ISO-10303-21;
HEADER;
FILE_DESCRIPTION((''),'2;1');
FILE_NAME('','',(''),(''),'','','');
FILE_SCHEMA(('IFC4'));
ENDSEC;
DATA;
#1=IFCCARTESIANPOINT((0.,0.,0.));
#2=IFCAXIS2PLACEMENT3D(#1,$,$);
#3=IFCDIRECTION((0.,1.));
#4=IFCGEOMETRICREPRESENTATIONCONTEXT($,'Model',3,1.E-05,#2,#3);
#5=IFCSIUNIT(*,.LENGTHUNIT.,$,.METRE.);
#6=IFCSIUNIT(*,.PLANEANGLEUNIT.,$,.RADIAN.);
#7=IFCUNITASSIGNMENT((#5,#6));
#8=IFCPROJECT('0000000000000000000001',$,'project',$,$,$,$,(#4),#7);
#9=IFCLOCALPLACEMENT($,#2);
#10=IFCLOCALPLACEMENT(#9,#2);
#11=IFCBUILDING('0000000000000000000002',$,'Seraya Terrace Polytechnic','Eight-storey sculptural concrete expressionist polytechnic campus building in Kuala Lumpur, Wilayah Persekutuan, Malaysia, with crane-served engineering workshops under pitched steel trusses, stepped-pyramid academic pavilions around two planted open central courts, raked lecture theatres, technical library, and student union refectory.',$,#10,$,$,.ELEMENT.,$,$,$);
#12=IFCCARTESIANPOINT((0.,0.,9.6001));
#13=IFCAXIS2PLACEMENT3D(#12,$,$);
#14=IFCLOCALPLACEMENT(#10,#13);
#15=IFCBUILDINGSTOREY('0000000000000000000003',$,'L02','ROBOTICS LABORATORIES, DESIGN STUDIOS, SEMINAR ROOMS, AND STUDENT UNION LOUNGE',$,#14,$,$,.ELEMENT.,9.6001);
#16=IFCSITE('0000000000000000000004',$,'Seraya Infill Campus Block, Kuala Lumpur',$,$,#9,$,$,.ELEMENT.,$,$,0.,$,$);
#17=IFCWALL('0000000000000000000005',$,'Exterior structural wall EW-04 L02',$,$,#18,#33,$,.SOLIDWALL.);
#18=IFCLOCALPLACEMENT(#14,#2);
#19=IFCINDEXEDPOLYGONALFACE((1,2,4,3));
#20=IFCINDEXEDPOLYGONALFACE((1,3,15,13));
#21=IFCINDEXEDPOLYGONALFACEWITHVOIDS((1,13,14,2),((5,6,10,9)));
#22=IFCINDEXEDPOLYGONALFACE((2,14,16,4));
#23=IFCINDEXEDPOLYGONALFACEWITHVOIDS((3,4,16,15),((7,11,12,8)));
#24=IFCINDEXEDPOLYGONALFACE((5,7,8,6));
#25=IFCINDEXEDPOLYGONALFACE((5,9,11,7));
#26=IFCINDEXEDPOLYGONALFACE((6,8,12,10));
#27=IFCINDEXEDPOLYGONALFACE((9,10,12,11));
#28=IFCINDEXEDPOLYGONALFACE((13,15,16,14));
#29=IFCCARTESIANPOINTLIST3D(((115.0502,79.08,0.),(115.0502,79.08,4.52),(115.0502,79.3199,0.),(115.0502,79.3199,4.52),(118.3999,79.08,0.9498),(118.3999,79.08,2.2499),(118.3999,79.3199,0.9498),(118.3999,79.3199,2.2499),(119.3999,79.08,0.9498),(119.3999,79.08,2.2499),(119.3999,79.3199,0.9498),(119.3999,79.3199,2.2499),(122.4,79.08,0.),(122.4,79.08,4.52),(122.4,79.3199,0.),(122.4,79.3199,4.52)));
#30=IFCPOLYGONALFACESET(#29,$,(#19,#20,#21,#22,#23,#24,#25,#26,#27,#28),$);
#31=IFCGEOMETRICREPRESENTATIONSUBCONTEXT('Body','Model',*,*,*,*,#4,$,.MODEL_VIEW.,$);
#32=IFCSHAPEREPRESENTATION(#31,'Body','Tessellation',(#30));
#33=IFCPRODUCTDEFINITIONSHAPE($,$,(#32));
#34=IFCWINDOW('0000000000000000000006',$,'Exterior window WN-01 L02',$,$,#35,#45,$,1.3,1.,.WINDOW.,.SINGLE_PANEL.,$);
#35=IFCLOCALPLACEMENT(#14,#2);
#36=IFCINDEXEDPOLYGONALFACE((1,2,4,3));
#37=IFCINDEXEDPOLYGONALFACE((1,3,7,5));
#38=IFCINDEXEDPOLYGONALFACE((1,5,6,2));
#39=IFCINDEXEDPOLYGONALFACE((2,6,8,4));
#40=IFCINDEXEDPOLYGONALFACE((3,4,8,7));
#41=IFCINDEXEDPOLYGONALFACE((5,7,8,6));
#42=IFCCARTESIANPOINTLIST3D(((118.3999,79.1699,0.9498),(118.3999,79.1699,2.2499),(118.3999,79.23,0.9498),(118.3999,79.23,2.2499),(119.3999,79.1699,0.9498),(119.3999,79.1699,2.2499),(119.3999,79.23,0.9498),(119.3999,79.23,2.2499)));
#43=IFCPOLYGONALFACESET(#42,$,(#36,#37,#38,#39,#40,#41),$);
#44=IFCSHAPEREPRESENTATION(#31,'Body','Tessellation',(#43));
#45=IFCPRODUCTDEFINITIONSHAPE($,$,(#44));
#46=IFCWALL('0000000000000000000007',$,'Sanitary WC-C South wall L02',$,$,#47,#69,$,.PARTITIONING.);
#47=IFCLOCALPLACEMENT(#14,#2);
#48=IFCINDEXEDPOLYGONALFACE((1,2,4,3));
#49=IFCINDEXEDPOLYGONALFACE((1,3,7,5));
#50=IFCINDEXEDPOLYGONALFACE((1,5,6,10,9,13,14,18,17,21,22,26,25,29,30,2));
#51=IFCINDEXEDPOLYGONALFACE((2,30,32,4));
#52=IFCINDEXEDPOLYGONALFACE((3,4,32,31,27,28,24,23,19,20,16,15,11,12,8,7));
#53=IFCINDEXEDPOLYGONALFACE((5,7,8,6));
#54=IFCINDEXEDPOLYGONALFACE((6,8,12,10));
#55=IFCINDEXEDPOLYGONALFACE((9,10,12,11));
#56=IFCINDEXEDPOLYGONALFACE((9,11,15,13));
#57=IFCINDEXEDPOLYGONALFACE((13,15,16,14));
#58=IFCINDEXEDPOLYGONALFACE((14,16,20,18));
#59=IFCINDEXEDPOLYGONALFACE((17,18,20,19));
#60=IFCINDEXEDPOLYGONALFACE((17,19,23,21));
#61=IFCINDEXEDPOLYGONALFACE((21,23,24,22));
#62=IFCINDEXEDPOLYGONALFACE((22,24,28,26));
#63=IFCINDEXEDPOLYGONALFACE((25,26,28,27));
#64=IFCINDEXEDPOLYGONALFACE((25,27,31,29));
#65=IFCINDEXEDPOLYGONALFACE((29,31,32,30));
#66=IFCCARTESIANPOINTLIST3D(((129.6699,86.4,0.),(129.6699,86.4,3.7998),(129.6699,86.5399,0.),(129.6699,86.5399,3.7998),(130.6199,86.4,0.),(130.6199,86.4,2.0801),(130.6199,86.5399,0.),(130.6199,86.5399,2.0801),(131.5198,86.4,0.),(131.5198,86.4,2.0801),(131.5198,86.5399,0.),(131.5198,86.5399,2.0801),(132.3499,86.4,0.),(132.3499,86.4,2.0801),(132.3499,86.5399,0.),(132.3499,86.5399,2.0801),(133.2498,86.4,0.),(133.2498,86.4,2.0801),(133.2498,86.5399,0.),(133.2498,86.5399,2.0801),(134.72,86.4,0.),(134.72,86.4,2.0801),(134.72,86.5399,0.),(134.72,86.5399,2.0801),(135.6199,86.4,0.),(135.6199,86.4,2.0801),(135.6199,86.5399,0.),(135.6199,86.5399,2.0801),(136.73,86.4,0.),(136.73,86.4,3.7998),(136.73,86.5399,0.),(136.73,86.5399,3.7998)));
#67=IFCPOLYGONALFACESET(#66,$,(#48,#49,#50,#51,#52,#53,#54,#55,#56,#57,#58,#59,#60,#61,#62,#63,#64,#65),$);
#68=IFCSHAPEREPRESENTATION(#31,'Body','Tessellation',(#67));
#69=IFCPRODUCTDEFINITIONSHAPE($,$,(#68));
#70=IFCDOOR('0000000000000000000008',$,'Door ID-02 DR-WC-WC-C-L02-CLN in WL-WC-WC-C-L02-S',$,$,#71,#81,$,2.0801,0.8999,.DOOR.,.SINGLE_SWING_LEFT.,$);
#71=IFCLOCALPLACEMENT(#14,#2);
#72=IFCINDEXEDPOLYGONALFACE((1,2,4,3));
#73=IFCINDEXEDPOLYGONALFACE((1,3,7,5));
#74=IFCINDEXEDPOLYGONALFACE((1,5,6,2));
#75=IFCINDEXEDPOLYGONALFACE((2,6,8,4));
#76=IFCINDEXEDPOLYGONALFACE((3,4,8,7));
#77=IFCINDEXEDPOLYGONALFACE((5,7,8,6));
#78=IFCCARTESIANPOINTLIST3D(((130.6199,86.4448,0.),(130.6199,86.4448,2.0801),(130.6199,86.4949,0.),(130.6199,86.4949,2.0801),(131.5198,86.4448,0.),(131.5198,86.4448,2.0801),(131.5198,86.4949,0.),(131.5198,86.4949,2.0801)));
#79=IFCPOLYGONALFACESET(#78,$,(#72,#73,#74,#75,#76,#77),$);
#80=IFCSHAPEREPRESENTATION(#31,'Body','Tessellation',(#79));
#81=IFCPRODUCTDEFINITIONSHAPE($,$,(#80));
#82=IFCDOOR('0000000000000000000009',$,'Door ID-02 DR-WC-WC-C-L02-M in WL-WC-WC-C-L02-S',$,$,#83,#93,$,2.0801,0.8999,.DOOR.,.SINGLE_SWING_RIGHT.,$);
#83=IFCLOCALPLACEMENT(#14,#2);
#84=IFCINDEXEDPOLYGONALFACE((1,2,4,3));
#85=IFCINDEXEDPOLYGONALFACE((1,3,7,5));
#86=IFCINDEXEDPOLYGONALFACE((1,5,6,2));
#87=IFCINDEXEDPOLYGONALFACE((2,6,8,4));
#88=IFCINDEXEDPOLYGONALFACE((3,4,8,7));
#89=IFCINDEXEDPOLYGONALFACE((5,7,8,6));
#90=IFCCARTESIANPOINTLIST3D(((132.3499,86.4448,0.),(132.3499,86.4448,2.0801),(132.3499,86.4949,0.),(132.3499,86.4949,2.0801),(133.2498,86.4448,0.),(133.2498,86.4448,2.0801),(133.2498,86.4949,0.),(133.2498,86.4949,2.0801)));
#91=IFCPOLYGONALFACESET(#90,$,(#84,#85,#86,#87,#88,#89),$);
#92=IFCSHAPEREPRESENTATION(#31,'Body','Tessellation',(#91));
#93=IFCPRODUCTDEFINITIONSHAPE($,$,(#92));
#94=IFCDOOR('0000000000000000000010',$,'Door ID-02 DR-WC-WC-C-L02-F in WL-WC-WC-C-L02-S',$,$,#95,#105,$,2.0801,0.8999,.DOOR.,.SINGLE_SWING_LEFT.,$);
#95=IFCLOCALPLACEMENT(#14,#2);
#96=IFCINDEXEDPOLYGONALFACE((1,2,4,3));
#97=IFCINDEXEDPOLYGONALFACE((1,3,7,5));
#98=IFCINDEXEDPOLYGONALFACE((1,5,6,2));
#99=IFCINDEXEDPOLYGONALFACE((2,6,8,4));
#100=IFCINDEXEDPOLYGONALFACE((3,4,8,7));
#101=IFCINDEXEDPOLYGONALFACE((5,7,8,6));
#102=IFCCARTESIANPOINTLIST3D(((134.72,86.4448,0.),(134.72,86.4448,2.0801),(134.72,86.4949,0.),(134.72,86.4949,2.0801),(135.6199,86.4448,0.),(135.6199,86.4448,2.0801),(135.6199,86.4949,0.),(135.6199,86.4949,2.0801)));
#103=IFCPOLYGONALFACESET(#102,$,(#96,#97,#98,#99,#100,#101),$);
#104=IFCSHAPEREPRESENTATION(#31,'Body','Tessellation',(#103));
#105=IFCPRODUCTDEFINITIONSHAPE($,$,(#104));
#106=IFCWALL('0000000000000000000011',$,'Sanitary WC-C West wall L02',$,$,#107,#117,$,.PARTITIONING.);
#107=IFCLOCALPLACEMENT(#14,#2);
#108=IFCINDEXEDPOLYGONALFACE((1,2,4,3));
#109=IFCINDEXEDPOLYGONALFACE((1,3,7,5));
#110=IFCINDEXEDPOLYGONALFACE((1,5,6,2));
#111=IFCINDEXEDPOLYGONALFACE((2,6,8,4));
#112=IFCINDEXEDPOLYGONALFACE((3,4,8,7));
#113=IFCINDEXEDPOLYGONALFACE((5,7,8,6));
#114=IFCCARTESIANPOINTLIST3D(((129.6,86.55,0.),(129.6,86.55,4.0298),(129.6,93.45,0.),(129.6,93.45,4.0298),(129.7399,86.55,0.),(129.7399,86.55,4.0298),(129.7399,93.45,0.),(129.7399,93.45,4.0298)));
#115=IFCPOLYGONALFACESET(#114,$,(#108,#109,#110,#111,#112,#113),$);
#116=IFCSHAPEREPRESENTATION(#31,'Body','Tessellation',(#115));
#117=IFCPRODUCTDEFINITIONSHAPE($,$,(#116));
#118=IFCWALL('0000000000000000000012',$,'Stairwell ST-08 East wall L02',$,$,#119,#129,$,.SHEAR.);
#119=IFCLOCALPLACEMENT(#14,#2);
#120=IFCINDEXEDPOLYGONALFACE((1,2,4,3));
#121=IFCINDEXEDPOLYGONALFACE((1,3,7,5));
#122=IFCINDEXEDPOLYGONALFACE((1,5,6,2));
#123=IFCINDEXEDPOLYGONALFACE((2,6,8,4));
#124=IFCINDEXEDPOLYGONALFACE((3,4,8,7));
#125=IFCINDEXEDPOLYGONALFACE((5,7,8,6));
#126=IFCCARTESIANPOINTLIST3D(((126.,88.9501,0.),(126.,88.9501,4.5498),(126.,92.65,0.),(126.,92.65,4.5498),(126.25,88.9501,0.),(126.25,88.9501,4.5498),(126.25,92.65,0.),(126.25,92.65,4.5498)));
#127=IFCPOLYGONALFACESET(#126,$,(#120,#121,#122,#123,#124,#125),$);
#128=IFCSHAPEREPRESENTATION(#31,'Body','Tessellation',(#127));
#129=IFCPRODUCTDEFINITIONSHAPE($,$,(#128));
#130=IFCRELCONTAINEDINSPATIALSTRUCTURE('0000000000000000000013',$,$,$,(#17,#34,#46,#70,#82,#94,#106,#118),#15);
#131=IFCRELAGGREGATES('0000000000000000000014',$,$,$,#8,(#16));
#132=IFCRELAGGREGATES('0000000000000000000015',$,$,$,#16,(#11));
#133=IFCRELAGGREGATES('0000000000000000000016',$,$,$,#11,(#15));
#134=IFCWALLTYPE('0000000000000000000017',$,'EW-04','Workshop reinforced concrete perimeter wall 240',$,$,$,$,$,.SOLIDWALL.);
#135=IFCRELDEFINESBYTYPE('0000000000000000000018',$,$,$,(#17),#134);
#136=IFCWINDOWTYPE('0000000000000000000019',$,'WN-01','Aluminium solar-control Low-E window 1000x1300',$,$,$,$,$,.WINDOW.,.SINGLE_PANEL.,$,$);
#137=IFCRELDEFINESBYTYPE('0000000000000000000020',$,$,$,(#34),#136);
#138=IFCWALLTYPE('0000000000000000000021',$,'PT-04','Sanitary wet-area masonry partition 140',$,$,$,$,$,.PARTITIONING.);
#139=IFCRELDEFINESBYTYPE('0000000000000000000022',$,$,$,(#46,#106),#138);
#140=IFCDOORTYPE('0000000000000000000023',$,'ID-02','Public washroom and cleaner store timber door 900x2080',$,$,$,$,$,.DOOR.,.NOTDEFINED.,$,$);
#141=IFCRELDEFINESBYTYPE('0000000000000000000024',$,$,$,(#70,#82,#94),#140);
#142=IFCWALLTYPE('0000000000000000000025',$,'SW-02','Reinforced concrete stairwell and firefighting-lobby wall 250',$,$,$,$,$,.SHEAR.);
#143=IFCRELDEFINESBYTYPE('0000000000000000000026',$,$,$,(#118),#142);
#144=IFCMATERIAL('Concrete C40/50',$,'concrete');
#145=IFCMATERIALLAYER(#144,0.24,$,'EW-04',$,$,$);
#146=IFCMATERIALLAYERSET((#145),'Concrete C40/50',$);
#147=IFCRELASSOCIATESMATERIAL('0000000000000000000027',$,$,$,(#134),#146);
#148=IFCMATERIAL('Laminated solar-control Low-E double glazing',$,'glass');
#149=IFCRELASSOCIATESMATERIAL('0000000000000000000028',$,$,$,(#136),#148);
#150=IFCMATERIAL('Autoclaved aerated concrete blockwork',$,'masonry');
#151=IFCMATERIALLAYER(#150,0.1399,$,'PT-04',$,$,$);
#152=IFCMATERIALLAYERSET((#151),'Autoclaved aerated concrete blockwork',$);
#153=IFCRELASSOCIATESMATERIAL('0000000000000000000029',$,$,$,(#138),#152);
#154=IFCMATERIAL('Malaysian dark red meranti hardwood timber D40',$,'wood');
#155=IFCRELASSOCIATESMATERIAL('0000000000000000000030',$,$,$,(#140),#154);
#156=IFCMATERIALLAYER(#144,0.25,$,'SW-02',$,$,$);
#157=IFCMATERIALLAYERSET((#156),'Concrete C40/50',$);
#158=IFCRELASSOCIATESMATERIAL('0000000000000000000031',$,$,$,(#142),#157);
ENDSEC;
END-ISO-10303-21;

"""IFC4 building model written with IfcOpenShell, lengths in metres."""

from ifc_helpers import new_model, si_unit, direction, frame, frame_2d, origin, place, context, subcontext, project, spatial, rectangle, extrude, material, layer, layer_set, type_object, element, fill, save


model = new_model("IFC4")

# Units and contexts
model_context = context("Model", 3, precision=1e-05, world=origin(), true_north=direction((0.0, 1.0)))
body_context = subcontext(model_context, "Body", "Model", "MODEL_VIEW")
ifc_project = project(units=[si_unit("LENGTHUNIT", "METRE"), si_unit("PLANEANGLEUNIT", "RADIAN")], contexts=[model_context])

# Site, building, storey
site_placement = place(None, origin())
site = spatial("IfcSite", under=ifc_project, at=site_placement, Name="Seraya Infill Campus Block, Kuala Lumpur", CompositionType="ELEMENT", RefElevation=0.0)
building_placement = place(site_placement, origin())
building = spatial("IfcBuilding", under=site, at=building_placement, Name="Seraya Terrace Polytechnic", Description="Eight-storey sculptural concrete expressionist polytechnic campus building in Kuala Lumpur, Wilayah Persekutuan, Malaysia, with crane-served engineering workshops under pitched steel trusses, stepped-pyramid academic pavilions around two planted open central courts, raked lecture theatres, technical library, and student union refectory.", CompositionType="ELEMENT")
storey_placement = place(building_placement, frame((0.0, 0.0, 9.6001)))
storey = spatial("IfcBuildingStorey", under=building, at=storey_placement, Name="L02", Description="ROBOTICS LABORATORIES, DESIGN STUDIOS, SEMINAR ROOMS, AND STUDENT UNION LOUNGE", CompositionType="ELEMENT", Elevation=9.6001)

# Shared definitions
ifc_material_1 = material(Name="Concrete C40/50", Category="concrete")

# Shared definitions
ifc_material_2 = material(Name="Laminated solar-control Low-E double glazing", Category="glass")

# Wall, opening, window
ifc_layer_1 = layer(ifc_material_1, 0.24, Name="EW-04")
ifc_layer_set_1 = layer_set([ifc_layer_1], Name="Concrete C40/50")
wall_type_1 = type_object("IfcWallType", Name="EW-04", Description="Workshop reinforced concrete perimeter wall 240", PredefinedType="SOLIDWALL", material=ifc_layer_set_1)
wall_1_placement = place(storey_placement, frame((122.3999, 79.2, 0.0), z_axis=(0.0, 0.0, 1.0), x_axis=(-1.0, 0.0, 0.0)))
wall_1 = element("IfcWall", 1, at=wall_1_placement, inside=storey, type_object=wall_type_1, Name="Exterior structural wall EW-04 L02", PredefinedType="SOLIDWALL", context=body_context, shape_type="SweptSolid", body=[
    extrude(rectangle(XDim=7.3499, YDim=0.24, at=frame_2d((3.6748, 0.0))), origin(), (0.0, 0.0, 1.0), 4.52),
])
opening_1_placement = place(wall_1_placement, frame((3.0, 0.0, 0.95)))
opening_1 = element("IfcOpeningElement", 2, at=opening_1_placement, cuts=wall_1, PredefinedType="OPENING", context=body_context, shape_type="SweptSolid", body=[
    extrude(rectangle(XDim=1.0, YDim=1.3, at=frame_2d((0.5, 0.6499))), frame((0.0, 0.1318, 0.0), z_axis=(0.0, -1.0, 0.0), x_axis=(1.0, 0.0, 0.0)), (0.0, 0.0, 1.0), 0.2639),
])
window_type_1 = type_object("IfcWindowType", Name="WN-01", Description="Aluminium solar-control Low-E window 1000x1300", PartitioningType="SINGLE_PANEL", PredefinedType="WINDOW", material=ifc_material_2)
window_1_placement = place(opening_1_placement, origin())
window_1 = element("IfcWindow", 3, at=window_1_placement, inside=storey, type_object=window_type_1, Name="Exterior window WN-01 L02", OverallHeight=1.3, OverallWidth=1.0, PartitioningType="SINGLE_PANEL", PredefinedType="WINDOW", context=body_context, shape_type="SweptSolid", body=[
    extrude(rectangle(XDim=1.0, YDim=1.3, at=frame_2d((0.5, 0.6499))), frame((0.0, 0.03, 0.0), z_axis=(0.0, -1.0, 0.0), x_axis=(1.0, 0.0, 0.0)), (0.0, 0.0, 1.0), 0.0601),
])
fill(opening_1, window_1)

# Wall, openings, doors
ifc_material_3 = material(Name="Autoclaved aerated concrete blockwork", Category="masonry")
ifc_layer_2 = layer(ifc_material_3, 0.1399, Name="PT-04")
ifc_layer_set_2 = layer_set([ifc_layer_2], Name="Autoclaved aerated concrete blockwork")
wall_type_2 = type_object("IfcWallType", Name="PT-04", Description="Sanitary wet-area masonry partition 140", PredefinedType="PARTITIONING", material=ifc_layer_set_2)
wall_2_placement = place(storey_placement, frame((129.6699, 86.47, 0.0), z_axis=(0.0, 0.0, 1.0), x_axis=(1.0, 0.0, 0.0)))
wall_2 = element("IfcWall", 4, at=wall_2_placement, inside=storey, type_object=wall_type_2, Name="Sanitary WC-C South wall L02", PredefinedType="PARTITIONING", context=body_context, shape_type="SweptSolid", body=[
    extrude(rectangle(XDim=7.0601, YDim=0.1399, at=frame_2d((3.53, 0.0))), origin(), (0.0, 0.0, 1.0), 3.7998),
])
opening_2_placement = place(wall_2_placement, frame((0.95, 0.0, 0.0)))
opening_2 = element("IfcOpeningElement", 5, at=opening_2_placement, cuts=wall_2, PredefinedType="OPENING", context=body_context, shape_type="SweptSolid", body=[
    extrude(rectangle(XDim=0.8999, YDim=2.0801, at=frame_2d((0.45, 1.04))), frame((0.0, 0.082, 0.0), z_axis=(0.0, -1.0, 0.0), x_axis=(1.0, 0.0, 0.0)), (0.0, 0.0, 1.0), 0.1638),
])
opening_3_placement = place(wall_2_placement, frame((2.6799, 0.0, 0.0)))
opening_3 = element("IfcOpeningElement", 6, at=opening_3_placement, cuts=wall_2, PredefinedType="OPENING", context=body_context, shape_type="SweptSolid", body=[
    extrude(rectangle(XDim=0.8999, YDim=2.0801, at=frame_2d((0.45, 1.04))), frame((0.0, 0.082, 0.0), z_axis=(0.0, -1.0, 0.0), x_axis=(1.0, 0.0, 0.0)), (0.0, 0.0, 1.0), 0.1638),
])
opening_4_placement = place(wall_2_placement, frame((5.05, 0.0, 0.0)))
opening_4 = element("IfcOpeningElement", 7, at=opening_4_placement, cuts=wall_2, PredefinedType="OPENING", context=body_context, shape_type="SweptSolid", body=[
    extrude(rectangle(XDim=0.8999, YDim=2.0801, at=frame_2d((0.45, 1.04))), frame((0.0, 0.082, 0.0), z_axis=(0.0, -1.0, 0.0), x_axis=(1.0, 0.0, 0.0)), (0.0, 0.0, 1.0), 0.1638),
])
ifc_material_4 = material(Name="Malaysian dark red meranti hardwood timber D40", Category="wood")
door_type = type_object("IfcDoorType", Name="ID-02", Description="Public washroom and cleaner store timber door 900x2080", OperationType="NOTDEFINED", PredefinedType="DOOR", material=ifc_material_4)
door_1_placement = place(opening_2_placement, origin())
door_1 = element("IfcDoor", 8, at=door_1_placement, inside=storey, type_object=door_type, Name="Door ID-02 DR-WC-WC-C-L02-CLN in WL-WC-WC-C-L02-S", OperationType="SINGLE_SWING_LEFT", OverallHeight=2.0801, OverallWidth=0.8999, PredefinedType="DOOR", context=body_context, shape_type="SweptSolid", body=[
    extrude(rectangle(XDim=0.8999, YDim=2.0801, at=frame_2d((0.45, 1.04))), frame((0.0, 0.0249, 0.0), z_axis=(0.0, -1.0, 0.0), x_axis=(1.0, 0.0, 0.0)), (0.0, 0.0, 1.0), 0.05),
])
fill(opening_2, door_1)
door_2_placement = place(opening_3_placement, origin())
door_2 = element("IfcDoor", 9, at=door_2_placement, inside=storey, type_object=door_type, Name="Door ID-02 DR-WC-WC-C-L02-M in WL-WC-WC-C-L02-S", OperationType="SINGLE_SWING_RIGHT", OverallHeight=2.0801, OverallWidth=0.8999, PredefinedType="DOOR", context=body_context, shape_type="SweptSolid", body=[
    extrude(rectangle(XDim=0.8999, YDim=2.0801, at=frame_2d((0.45, 1.04))), frame((0.0, 0.0249, 0.0), z_axis=(0.0, -1.0, 0.0), x_axis=(1.0, 0.0, 0.0)), (0.0, 0.0, 1.0), 0.05),
])
fill(opening_3, door_2)
door_3_placement = place(opening_4_placement, origin())
door_3 = element("IfcDoor", 10, at=door_3_placement, inside=storey, type_object=door_type, Name="Door ID-02 DR-WC-WC-C-L02-F in WL-WC-WC-C-L02-S", OperationType="SINGLE_SWING_LEFT", OverallHeight=2.0801, OverallWidth=0.8999, PredefinedType="DOOR", context=body_context, shape_type="SweptSolid", body=[
    extrude(rectangle(XDim=0.8999, YDim=2.0801, at=frame_2d((0.45, 1.04))), frame((0.0, 0.0249, 0.0), z_axis=(0.0, -1.0, 0.0), x_axis=(1.0, 0.0, 0.0)), (0.0, 0.0, 1.0), 0.05),
])
fill(opening_4, door_3)

# Walls
wall_3_placement = place(storey_placement, frame((129.6699, 86.55, 0.0), z_axis=(0.0, 0.0, 1.0), x_axis=(0.0, 1.0, 0.0)))
element("IfcWall", 11, at=wall_3_placement, inside=storey, type_object=wall_type_2, Name="Sanitary WC-C West wall L02", PredefinedType="PARTITIONING", context=body_context, shape_type="SweptSolid", body=[
    extrude(rectangle(XDim=6.8999, YDim=0.1399, at=frame_2d((3.45, 0.0))), origin(), (0.0, 0.0, 1.0), 4.0298),
])
ifc_layer_3 = layer(ifc_material_1, 0.25, Name="SW-02")
ifc_layer_set_3 = layer_set([ifc_layer_3], Name="Concrete C40/50")
wall_type_3 = type_object("IfcWallType", Name="SW-02", Description="Reinforced concrete stairwell and firefighting-lobby wall 250", PredefinedType="SHEAR", material=ifc_layer_set_3)
wall_4_placement = place(storey_placement, frame((126.125, 88.95, 0.0), z_axis=(0.0, 0.0, 1.0), x_axis=(0.0, 1.0, 0.0)))
element("IfcWall", 12, at=wall_4_placement, inside=storey, type_object=wall_type_3, Name="Stairwell ST-08 East wall L02", PredefinedType="SHEAR", context=body_context, shape_type="SweptSolid", body=[
    extrude(rectangle(XDim=3.7, YDim=0.25, at=frame_2d((1.8501, 0.0))), origin(), (0.0, 0.0, 1.0), 4.5498),
])

save(model, "model.ifc")
